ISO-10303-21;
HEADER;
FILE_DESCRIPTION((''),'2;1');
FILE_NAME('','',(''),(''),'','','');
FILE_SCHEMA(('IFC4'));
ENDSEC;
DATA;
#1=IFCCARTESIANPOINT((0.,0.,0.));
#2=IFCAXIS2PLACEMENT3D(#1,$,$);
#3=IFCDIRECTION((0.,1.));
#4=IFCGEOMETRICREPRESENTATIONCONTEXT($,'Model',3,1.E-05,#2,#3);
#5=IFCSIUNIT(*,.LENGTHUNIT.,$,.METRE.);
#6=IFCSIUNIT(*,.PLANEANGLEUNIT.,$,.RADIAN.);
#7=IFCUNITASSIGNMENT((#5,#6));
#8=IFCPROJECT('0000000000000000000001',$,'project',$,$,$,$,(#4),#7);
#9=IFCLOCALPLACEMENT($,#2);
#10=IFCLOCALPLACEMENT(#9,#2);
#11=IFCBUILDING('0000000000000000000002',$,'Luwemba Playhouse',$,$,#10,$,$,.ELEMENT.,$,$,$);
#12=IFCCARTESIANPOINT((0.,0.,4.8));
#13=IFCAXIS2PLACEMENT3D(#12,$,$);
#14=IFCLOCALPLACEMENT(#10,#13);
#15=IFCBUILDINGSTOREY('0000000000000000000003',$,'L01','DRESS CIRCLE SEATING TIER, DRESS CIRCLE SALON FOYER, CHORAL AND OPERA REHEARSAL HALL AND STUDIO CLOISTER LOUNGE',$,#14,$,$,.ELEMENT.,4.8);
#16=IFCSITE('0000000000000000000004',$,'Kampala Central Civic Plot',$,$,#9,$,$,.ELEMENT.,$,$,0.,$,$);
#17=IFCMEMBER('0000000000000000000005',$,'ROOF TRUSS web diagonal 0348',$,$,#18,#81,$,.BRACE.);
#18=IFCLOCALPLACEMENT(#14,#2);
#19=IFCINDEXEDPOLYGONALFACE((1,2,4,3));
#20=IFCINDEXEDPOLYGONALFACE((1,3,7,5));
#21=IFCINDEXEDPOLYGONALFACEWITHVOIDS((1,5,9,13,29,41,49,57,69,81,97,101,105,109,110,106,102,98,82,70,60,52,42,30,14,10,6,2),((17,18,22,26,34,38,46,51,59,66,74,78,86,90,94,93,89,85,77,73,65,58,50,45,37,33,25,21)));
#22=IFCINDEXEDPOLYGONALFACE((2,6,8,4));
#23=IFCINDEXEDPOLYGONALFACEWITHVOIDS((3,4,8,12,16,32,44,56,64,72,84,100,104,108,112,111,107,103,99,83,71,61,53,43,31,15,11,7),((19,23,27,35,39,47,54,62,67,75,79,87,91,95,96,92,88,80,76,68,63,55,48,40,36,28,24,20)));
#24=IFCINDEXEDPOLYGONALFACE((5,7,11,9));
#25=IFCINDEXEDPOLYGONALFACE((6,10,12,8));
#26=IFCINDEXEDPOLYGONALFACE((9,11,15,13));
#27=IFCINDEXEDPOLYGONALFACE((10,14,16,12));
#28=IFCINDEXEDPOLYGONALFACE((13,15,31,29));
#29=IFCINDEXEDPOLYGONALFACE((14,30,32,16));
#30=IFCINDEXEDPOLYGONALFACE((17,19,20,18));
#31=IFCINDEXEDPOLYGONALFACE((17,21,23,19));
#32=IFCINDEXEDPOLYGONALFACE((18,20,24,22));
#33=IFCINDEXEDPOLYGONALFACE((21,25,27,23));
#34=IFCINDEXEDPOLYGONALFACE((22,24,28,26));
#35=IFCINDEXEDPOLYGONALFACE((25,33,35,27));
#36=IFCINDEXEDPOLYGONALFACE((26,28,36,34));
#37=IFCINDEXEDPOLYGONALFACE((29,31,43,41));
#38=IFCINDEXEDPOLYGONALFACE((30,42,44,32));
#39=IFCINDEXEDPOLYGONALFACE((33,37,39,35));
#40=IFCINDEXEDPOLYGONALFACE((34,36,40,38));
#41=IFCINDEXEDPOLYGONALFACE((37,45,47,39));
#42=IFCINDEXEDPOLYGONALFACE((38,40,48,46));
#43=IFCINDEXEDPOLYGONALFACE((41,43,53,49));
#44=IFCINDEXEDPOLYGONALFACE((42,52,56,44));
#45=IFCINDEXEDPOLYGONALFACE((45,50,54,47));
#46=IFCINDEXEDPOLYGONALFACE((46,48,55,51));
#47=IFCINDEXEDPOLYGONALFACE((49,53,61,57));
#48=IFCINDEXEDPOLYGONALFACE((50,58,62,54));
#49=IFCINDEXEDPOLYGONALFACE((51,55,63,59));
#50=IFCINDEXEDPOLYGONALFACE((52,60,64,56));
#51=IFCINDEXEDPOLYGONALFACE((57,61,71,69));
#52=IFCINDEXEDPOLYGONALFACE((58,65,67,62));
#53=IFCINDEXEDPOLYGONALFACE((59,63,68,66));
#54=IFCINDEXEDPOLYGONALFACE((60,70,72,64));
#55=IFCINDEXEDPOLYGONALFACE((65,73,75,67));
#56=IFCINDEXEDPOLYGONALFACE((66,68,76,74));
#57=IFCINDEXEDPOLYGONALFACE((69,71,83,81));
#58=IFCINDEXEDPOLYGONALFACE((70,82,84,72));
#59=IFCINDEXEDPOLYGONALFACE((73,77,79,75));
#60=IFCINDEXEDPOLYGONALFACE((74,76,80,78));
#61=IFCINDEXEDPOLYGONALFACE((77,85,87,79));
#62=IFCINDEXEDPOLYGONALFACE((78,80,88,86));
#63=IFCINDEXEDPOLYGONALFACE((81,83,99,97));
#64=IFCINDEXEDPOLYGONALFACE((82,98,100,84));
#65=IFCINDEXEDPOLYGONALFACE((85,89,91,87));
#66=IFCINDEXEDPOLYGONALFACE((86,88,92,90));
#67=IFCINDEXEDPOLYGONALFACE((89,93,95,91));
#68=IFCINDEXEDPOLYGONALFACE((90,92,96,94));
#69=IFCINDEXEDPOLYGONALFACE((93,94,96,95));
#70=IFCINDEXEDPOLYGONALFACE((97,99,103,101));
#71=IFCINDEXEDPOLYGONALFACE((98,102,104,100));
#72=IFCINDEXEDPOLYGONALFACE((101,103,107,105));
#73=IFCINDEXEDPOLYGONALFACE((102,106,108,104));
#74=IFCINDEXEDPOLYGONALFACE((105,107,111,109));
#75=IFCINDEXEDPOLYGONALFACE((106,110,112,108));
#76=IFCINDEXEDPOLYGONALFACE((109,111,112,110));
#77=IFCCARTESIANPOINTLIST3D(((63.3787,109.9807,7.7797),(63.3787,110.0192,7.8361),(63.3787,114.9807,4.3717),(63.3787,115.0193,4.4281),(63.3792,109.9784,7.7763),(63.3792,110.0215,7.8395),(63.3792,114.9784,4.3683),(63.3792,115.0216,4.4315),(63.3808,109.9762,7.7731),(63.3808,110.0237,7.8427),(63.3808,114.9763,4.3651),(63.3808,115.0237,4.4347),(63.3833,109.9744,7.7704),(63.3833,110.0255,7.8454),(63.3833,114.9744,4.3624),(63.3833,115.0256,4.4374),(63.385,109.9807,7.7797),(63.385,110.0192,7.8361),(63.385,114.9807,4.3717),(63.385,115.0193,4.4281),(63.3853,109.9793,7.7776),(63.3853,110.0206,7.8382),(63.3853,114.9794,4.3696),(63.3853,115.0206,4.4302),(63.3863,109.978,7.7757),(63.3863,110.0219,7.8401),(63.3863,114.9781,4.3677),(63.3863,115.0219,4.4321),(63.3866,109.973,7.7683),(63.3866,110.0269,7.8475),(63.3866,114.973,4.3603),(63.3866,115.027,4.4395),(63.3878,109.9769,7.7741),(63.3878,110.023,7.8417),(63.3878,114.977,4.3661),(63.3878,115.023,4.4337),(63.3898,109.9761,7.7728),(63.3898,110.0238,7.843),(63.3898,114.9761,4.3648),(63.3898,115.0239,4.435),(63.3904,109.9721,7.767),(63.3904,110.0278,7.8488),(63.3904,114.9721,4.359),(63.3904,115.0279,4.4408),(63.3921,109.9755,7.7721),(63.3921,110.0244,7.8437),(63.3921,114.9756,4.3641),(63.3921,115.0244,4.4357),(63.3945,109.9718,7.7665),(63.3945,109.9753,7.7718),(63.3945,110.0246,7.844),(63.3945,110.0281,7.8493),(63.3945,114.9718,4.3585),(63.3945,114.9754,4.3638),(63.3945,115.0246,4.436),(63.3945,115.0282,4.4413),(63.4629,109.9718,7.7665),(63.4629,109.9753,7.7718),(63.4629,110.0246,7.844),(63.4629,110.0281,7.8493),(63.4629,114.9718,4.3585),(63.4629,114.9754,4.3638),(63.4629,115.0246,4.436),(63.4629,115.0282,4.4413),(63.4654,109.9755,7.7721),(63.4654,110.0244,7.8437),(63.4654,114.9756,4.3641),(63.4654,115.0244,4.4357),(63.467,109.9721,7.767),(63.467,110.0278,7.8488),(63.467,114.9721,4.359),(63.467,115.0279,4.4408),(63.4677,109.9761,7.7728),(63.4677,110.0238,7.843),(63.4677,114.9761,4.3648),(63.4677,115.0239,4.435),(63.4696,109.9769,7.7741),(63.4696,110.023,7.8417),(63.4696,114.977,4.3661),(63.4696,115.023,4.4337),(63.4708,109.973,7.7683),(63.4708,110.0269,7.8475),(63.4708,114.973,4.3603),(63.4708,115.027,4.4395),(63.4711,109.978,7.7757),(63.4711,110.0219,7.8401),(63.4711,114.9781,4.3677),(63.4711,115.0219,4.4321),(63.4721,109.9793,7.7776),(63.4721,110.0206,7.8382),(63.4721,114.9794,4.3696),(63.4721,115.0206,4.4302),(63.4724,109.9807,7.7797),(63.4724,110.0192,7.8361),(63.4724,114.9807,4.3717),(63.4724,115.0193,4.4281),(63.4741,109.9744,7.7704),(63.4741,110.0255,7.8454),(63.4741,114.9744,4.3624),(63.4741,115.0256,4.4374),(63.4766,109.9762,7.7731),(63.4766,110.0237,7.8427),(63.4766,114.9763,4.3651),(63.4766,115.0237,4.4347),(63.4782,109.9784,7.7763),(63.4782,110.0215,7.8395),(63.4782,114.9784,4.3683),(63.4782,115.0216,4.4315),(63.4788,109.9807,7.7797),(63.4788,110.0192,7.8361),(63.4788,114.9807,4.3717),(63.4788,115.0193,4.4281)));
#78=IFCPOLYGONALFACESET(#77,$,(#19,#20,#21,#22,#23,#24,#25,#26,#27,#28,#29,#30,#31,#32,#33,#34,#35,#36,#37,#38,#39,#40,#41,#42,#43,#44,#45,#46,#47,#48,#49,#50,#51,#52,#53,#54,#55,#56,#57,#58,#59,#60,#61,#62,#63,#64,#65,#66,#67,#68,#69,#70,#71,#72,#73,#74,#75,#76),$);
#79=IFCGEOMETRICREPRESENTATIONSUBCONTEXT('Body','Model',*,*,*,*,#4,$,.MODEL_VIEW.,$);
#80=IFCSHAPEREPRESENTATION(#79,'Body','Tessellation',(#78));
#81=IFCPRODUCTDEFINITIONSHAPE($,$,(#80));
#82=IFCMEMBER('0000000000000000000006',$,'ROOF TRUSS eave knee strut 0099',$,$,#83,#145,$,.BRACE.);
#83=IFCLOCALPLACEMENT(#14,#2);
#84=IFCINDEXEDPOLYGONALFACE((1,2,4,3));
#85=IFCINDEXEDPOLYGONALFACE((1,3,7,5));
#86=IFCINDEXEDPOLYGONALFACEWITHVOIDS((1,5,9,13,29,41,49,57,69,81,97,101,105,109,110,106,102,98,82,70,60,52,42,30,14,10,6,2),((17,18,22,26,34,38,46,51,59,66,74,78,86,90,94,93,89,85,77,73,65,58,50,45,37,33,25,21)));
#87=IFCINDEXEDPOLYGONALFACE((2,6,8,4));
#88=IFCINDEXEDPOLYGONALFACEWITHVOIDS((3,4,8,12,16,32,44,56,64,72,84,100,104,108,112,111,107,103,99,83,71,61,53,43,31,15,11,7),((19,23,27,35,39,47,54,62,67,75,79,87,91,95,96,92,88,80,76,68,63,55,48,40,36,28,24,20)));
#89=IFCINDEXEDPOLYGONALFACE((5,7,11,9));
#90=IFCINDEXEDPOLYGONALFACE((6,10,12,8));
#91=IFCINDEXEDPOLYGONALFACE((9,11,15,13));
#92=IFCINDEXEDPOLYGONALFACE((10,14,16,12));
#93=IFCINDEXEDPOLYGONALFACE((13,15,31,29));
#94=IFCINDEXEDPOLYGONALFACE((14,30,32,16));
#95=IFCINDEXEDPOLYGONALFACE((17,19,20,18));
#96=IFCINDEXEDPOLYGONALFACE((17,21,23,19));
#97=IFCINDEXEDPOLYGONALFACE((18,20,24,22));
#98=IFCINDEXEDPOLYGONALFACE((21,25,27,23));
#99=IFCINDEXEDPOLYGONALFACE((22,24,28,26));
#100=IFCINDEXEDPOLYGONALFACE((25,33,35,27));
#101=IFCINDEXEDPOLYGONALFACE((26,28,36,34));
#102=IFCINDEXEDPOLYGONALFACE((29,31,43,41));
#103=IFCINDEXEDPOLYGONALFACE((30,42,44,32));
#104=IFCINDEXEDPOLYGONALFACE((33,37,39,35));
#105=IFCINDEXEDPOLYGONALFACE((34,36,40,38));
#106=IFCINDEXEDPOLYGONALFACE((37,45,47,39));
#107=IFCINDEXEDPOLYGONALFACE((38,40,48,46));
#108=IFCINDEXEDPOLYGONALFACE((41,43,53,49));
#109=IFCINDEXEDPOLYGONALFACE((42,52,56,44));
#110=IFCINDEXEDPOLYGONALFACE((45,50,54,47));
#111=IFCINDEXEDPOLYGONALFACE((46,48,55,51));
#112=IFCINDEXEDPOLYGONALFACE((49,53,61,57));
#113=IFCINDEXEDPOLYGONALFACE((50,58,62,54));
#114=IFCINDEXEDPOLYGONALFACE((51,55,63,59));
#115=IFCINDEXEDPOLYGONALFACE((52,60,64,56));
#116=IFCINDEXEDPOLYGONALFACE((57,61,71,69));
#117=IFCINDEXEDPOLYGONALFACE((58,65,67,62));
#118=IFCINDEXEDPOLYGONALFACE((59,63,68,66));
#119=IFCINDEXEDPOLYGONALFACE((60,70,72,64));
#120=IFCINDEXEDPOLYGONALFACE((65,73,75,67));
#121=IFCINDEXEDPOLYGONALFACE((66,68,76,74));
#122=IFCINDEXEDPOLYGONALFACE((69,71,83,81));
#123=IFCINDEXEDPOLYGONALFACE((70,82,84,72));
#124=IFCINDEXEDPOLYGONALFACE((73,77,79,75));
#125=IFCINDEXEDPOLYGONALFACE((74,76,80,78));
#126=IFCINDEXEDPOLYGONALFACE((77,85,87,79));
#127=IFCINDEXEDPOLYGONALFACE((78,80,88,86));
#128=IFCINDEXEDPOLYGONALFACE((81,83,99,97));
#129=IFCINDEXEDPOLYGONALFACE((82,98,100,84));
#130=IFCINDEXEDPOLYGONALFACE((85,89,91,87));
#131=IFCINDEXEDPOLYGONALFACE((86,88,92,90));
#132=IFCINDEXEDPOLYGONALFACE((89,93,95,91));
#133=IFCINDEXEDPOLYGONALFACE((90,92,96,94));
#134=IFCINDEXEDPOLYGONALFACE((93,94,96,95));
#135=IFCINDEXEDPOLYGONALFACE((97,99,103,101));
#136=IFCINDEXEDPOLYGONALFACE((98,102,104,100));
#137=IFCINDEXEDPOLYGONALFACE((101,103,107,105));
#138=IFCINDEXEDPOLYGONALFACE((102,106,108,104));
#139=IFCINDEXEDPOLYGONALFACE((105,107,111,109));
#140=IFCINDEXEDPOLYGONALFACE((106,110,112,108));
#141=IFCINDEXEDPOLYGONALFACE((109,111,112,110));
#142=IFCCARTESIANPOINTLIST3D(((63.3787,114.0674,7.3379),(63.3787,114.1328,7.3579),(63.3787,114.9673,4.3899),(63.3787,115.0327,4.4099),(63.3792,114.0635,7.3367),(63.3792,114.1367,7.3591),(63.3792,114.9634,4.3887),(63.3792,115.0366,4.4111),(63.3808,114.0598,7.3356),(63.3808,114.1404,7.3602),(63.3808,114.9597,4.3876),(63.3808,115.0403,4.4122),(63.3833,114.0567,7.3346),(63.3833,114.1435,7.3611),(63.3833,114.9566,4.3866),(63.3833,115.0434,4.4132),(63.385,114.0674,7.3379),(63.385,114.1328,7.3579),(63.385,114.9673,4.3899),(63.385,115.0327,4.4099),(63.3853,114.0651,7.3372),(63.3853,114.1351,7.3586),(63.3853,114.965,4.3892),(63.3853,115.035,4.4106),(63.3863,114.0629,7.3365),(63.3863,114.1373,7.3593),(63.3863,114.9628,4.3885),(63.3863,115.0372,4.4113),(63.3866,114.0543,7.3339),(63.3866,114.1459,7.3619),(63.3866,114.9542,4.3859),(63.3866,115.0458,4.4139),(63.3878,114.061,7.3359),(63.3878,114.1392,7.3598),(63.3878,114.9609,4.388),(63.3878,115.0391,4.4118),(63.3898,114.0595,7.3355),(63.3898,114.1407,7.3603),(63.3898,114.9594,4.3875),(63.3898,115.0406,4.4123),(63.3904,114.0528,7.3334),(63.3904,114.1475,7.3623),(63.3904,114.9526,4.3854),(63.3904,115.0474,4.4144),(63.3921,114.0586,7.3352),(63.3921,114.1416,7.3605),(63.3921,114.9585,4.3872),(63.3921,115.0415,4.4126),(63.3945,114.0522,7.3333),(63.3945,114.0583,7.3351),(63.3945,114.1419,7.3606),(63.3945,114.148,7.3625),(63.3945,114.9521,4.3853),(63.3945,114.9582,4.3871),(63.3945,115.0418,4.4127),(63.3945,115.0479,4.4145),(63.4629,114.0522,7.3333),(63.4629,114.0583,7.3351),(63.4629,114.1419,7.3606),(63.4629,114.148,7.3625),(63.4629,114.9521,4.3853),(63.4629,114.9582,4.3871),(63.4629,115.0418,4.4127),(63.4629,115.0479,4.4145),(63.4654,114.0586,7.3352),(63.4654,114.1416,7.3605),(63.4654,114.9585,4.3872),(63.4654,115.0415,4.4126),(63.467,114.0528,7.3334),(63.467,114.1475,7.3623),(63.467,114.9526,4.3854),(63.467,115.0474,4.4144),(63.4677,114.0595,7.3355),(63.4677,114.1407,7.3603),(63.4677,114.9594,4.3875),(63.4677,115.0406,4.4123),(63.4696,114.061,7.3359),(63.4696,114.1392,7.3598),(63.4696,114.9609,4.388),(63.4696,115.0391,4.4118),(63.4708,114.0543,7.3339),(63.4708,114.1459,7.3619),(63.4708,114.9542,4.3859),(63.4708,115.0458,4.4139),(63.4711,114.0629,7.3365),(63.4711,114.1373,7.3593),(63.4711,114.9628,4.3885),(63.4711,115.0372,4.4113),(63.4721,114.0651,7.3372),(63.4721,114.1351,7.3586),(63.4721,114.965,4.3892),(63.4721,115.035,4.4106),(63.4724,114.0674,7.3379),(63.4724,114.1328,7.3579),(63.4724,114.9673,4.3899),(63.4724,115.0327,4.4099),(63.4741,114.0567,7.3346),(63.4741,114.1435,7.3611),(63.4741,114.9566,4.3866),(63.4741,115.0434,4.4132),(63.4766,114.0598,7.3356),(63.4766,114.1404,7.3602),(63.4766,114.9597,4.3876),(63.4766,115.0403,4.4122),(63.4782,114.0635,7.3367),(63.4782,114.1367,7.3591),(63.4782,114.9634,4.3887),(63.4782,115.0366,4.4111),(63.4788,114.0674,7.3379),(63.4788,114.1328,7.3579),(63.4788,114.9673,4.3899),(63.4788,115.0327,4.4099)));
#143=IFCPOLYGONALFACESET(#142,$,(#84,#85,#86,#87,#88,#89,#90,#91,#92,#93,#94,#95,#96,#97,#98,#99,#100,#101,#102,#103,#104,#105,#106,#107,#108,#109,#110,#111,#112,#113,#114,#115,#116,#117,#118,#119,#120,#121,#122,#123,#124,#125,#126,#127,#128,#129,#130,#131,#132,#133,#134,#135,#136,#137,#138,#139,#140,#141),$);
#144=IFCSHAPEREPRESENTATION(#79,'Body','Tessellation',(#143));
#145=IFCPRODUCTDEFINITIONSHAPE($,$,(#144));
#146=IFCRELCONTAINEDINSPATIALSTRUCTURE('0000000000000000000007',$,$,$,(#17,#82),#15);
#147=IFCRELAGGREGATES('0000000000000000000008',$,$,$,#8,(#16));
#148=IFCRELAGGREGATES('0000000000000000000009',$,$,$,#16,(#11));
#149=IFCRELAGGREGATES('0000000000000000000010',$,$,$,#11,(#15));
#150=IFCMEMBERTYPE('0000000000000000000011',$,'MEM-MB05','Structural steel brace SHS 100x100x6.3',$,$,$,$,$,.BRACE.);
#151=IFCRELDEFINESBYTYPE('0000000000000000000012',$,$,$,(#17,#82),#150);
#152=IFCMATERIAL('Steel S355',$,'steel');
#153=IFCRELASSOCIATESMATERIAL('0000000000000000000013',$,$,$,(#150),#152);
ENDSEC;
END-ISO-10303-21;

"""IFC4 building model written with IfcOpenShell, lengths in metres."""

from ifc_helpers import new_model, si_unit, direction, frame, origin, origin_2d, place, context, subcontext, project, spatial, hollow_rectangle, extrude, material, material_profile, profile_set, type_object, element, save


model = new_model("IFC4")

# Units and contexts
model_context = context("Model", 3, precision=1e-05, world=origin(), true_north=direction((0.0, 1.0)))
body_context = subcontext(model_context, "Body", "Model", "MODEL_VIEW")
ifc_project = project(units=[si_unit("LENGTHUNIT", "METRE"), si_unit("PLANEANGLEUNIT", "RADIAN")], contexts=[model_context])

# Site, building, storey
site_placement = place(None, origin())
site = spatial("IfcSite", under=ifc_project, at=site_placement, Name="Kampala Central Civic Plot", CompositionType="ELEMENT", RefElevation=0.0)
building_placement = place(site_placement, origin())
building = spatial("IfcBuilding", under=site, at=building_placement, Name="Luwemba Playhouse", CompositionType="ELEMENT")
storey_placement = place(building_placement, frame((0.0, 0.0, 4.8)))
storey = spatial("IfcBuildingStorey", under=building, at=storey_placement, Name="L01", Description="DRESS CIRCLE SEATING TIER, DRESS CIRCLE SALON FOYER, CHORAL AND OPERA REHEARSAL HALL AND STUDIO CLOISTER LOUNGE", CompositionType="ELEMENT", Elevation=4.8)

# Shared definitions
ifc_material_1 = material(Name="Steel S355", Category="steel")

# Members
ifc_material_profile_1 = material_profile(ifc_material_1, hollow_rectangle(XDim=0.1001, YDim=0.1001, WallThickness=0.0063, InnerFilletRadius=0.0095, OuterFilletRadius=0.0159, at=origin_2d()))
ifc_profile_set_1 = profile_set([ifc_material_profile_1], Name="Steel S355")
member_type_1 = type_object("IfcMemberType", Name="MEM-MB05", Description="Structural steel brace SHS 100x100x6.3", PredefinedType="BRACE", material=ifc_profile_set_1)
member_1_placement = place(storey_placement, frame((63.4287, 115.0, 4.3999), z_axis=(0.0, -0.826314, 0.563209), x_axis=(1.0, 0.0, 0.0)))
element("IfcMember", 1, at=member_1_placement, inside=storey, type_object=member_type_1, Name="ROOF TRUSS web diagonal 0348", PredefinedType="BRACE", context=body_context, shape_type="SweptSolid", body=[
    extrude(hollow_rectangle(XDim=0.1001, YDim=0.1001, WallThickness=0.0063, InnerFilletRadius=0.0095, OuterFilletRadius=0.0159, at=origin_2d()), origin(), (0.0, 0.0, 1.0), 6.051),
])
member_2_placement = place(storey_placement, frame((63.4287, 115.0, 4.3999), z_axis=(0.0, -0.291959, 0.956431), x_axis=(1.0, 0.0, 0.0)))
element("IfcMember", 2, at=member_2_placement, inside=storey, type_object=member_type_1, Name="ROOF TRUSS eave knee strut 0099", PredefinedType="BRACE", context=body_context, shape_type="SweptSolid", body=[
    extrude(hollow_rectangle(XDim=0.1001, YDim=0.1001, WallThickness=0.0063, InnerFilletRadius=0.0095, OuterFilletRadius=0.0159, at=origin_2d()), origin(), (0.0, 0.0, 1.0), 3.0823),
])

save(model, "model.ifc")
